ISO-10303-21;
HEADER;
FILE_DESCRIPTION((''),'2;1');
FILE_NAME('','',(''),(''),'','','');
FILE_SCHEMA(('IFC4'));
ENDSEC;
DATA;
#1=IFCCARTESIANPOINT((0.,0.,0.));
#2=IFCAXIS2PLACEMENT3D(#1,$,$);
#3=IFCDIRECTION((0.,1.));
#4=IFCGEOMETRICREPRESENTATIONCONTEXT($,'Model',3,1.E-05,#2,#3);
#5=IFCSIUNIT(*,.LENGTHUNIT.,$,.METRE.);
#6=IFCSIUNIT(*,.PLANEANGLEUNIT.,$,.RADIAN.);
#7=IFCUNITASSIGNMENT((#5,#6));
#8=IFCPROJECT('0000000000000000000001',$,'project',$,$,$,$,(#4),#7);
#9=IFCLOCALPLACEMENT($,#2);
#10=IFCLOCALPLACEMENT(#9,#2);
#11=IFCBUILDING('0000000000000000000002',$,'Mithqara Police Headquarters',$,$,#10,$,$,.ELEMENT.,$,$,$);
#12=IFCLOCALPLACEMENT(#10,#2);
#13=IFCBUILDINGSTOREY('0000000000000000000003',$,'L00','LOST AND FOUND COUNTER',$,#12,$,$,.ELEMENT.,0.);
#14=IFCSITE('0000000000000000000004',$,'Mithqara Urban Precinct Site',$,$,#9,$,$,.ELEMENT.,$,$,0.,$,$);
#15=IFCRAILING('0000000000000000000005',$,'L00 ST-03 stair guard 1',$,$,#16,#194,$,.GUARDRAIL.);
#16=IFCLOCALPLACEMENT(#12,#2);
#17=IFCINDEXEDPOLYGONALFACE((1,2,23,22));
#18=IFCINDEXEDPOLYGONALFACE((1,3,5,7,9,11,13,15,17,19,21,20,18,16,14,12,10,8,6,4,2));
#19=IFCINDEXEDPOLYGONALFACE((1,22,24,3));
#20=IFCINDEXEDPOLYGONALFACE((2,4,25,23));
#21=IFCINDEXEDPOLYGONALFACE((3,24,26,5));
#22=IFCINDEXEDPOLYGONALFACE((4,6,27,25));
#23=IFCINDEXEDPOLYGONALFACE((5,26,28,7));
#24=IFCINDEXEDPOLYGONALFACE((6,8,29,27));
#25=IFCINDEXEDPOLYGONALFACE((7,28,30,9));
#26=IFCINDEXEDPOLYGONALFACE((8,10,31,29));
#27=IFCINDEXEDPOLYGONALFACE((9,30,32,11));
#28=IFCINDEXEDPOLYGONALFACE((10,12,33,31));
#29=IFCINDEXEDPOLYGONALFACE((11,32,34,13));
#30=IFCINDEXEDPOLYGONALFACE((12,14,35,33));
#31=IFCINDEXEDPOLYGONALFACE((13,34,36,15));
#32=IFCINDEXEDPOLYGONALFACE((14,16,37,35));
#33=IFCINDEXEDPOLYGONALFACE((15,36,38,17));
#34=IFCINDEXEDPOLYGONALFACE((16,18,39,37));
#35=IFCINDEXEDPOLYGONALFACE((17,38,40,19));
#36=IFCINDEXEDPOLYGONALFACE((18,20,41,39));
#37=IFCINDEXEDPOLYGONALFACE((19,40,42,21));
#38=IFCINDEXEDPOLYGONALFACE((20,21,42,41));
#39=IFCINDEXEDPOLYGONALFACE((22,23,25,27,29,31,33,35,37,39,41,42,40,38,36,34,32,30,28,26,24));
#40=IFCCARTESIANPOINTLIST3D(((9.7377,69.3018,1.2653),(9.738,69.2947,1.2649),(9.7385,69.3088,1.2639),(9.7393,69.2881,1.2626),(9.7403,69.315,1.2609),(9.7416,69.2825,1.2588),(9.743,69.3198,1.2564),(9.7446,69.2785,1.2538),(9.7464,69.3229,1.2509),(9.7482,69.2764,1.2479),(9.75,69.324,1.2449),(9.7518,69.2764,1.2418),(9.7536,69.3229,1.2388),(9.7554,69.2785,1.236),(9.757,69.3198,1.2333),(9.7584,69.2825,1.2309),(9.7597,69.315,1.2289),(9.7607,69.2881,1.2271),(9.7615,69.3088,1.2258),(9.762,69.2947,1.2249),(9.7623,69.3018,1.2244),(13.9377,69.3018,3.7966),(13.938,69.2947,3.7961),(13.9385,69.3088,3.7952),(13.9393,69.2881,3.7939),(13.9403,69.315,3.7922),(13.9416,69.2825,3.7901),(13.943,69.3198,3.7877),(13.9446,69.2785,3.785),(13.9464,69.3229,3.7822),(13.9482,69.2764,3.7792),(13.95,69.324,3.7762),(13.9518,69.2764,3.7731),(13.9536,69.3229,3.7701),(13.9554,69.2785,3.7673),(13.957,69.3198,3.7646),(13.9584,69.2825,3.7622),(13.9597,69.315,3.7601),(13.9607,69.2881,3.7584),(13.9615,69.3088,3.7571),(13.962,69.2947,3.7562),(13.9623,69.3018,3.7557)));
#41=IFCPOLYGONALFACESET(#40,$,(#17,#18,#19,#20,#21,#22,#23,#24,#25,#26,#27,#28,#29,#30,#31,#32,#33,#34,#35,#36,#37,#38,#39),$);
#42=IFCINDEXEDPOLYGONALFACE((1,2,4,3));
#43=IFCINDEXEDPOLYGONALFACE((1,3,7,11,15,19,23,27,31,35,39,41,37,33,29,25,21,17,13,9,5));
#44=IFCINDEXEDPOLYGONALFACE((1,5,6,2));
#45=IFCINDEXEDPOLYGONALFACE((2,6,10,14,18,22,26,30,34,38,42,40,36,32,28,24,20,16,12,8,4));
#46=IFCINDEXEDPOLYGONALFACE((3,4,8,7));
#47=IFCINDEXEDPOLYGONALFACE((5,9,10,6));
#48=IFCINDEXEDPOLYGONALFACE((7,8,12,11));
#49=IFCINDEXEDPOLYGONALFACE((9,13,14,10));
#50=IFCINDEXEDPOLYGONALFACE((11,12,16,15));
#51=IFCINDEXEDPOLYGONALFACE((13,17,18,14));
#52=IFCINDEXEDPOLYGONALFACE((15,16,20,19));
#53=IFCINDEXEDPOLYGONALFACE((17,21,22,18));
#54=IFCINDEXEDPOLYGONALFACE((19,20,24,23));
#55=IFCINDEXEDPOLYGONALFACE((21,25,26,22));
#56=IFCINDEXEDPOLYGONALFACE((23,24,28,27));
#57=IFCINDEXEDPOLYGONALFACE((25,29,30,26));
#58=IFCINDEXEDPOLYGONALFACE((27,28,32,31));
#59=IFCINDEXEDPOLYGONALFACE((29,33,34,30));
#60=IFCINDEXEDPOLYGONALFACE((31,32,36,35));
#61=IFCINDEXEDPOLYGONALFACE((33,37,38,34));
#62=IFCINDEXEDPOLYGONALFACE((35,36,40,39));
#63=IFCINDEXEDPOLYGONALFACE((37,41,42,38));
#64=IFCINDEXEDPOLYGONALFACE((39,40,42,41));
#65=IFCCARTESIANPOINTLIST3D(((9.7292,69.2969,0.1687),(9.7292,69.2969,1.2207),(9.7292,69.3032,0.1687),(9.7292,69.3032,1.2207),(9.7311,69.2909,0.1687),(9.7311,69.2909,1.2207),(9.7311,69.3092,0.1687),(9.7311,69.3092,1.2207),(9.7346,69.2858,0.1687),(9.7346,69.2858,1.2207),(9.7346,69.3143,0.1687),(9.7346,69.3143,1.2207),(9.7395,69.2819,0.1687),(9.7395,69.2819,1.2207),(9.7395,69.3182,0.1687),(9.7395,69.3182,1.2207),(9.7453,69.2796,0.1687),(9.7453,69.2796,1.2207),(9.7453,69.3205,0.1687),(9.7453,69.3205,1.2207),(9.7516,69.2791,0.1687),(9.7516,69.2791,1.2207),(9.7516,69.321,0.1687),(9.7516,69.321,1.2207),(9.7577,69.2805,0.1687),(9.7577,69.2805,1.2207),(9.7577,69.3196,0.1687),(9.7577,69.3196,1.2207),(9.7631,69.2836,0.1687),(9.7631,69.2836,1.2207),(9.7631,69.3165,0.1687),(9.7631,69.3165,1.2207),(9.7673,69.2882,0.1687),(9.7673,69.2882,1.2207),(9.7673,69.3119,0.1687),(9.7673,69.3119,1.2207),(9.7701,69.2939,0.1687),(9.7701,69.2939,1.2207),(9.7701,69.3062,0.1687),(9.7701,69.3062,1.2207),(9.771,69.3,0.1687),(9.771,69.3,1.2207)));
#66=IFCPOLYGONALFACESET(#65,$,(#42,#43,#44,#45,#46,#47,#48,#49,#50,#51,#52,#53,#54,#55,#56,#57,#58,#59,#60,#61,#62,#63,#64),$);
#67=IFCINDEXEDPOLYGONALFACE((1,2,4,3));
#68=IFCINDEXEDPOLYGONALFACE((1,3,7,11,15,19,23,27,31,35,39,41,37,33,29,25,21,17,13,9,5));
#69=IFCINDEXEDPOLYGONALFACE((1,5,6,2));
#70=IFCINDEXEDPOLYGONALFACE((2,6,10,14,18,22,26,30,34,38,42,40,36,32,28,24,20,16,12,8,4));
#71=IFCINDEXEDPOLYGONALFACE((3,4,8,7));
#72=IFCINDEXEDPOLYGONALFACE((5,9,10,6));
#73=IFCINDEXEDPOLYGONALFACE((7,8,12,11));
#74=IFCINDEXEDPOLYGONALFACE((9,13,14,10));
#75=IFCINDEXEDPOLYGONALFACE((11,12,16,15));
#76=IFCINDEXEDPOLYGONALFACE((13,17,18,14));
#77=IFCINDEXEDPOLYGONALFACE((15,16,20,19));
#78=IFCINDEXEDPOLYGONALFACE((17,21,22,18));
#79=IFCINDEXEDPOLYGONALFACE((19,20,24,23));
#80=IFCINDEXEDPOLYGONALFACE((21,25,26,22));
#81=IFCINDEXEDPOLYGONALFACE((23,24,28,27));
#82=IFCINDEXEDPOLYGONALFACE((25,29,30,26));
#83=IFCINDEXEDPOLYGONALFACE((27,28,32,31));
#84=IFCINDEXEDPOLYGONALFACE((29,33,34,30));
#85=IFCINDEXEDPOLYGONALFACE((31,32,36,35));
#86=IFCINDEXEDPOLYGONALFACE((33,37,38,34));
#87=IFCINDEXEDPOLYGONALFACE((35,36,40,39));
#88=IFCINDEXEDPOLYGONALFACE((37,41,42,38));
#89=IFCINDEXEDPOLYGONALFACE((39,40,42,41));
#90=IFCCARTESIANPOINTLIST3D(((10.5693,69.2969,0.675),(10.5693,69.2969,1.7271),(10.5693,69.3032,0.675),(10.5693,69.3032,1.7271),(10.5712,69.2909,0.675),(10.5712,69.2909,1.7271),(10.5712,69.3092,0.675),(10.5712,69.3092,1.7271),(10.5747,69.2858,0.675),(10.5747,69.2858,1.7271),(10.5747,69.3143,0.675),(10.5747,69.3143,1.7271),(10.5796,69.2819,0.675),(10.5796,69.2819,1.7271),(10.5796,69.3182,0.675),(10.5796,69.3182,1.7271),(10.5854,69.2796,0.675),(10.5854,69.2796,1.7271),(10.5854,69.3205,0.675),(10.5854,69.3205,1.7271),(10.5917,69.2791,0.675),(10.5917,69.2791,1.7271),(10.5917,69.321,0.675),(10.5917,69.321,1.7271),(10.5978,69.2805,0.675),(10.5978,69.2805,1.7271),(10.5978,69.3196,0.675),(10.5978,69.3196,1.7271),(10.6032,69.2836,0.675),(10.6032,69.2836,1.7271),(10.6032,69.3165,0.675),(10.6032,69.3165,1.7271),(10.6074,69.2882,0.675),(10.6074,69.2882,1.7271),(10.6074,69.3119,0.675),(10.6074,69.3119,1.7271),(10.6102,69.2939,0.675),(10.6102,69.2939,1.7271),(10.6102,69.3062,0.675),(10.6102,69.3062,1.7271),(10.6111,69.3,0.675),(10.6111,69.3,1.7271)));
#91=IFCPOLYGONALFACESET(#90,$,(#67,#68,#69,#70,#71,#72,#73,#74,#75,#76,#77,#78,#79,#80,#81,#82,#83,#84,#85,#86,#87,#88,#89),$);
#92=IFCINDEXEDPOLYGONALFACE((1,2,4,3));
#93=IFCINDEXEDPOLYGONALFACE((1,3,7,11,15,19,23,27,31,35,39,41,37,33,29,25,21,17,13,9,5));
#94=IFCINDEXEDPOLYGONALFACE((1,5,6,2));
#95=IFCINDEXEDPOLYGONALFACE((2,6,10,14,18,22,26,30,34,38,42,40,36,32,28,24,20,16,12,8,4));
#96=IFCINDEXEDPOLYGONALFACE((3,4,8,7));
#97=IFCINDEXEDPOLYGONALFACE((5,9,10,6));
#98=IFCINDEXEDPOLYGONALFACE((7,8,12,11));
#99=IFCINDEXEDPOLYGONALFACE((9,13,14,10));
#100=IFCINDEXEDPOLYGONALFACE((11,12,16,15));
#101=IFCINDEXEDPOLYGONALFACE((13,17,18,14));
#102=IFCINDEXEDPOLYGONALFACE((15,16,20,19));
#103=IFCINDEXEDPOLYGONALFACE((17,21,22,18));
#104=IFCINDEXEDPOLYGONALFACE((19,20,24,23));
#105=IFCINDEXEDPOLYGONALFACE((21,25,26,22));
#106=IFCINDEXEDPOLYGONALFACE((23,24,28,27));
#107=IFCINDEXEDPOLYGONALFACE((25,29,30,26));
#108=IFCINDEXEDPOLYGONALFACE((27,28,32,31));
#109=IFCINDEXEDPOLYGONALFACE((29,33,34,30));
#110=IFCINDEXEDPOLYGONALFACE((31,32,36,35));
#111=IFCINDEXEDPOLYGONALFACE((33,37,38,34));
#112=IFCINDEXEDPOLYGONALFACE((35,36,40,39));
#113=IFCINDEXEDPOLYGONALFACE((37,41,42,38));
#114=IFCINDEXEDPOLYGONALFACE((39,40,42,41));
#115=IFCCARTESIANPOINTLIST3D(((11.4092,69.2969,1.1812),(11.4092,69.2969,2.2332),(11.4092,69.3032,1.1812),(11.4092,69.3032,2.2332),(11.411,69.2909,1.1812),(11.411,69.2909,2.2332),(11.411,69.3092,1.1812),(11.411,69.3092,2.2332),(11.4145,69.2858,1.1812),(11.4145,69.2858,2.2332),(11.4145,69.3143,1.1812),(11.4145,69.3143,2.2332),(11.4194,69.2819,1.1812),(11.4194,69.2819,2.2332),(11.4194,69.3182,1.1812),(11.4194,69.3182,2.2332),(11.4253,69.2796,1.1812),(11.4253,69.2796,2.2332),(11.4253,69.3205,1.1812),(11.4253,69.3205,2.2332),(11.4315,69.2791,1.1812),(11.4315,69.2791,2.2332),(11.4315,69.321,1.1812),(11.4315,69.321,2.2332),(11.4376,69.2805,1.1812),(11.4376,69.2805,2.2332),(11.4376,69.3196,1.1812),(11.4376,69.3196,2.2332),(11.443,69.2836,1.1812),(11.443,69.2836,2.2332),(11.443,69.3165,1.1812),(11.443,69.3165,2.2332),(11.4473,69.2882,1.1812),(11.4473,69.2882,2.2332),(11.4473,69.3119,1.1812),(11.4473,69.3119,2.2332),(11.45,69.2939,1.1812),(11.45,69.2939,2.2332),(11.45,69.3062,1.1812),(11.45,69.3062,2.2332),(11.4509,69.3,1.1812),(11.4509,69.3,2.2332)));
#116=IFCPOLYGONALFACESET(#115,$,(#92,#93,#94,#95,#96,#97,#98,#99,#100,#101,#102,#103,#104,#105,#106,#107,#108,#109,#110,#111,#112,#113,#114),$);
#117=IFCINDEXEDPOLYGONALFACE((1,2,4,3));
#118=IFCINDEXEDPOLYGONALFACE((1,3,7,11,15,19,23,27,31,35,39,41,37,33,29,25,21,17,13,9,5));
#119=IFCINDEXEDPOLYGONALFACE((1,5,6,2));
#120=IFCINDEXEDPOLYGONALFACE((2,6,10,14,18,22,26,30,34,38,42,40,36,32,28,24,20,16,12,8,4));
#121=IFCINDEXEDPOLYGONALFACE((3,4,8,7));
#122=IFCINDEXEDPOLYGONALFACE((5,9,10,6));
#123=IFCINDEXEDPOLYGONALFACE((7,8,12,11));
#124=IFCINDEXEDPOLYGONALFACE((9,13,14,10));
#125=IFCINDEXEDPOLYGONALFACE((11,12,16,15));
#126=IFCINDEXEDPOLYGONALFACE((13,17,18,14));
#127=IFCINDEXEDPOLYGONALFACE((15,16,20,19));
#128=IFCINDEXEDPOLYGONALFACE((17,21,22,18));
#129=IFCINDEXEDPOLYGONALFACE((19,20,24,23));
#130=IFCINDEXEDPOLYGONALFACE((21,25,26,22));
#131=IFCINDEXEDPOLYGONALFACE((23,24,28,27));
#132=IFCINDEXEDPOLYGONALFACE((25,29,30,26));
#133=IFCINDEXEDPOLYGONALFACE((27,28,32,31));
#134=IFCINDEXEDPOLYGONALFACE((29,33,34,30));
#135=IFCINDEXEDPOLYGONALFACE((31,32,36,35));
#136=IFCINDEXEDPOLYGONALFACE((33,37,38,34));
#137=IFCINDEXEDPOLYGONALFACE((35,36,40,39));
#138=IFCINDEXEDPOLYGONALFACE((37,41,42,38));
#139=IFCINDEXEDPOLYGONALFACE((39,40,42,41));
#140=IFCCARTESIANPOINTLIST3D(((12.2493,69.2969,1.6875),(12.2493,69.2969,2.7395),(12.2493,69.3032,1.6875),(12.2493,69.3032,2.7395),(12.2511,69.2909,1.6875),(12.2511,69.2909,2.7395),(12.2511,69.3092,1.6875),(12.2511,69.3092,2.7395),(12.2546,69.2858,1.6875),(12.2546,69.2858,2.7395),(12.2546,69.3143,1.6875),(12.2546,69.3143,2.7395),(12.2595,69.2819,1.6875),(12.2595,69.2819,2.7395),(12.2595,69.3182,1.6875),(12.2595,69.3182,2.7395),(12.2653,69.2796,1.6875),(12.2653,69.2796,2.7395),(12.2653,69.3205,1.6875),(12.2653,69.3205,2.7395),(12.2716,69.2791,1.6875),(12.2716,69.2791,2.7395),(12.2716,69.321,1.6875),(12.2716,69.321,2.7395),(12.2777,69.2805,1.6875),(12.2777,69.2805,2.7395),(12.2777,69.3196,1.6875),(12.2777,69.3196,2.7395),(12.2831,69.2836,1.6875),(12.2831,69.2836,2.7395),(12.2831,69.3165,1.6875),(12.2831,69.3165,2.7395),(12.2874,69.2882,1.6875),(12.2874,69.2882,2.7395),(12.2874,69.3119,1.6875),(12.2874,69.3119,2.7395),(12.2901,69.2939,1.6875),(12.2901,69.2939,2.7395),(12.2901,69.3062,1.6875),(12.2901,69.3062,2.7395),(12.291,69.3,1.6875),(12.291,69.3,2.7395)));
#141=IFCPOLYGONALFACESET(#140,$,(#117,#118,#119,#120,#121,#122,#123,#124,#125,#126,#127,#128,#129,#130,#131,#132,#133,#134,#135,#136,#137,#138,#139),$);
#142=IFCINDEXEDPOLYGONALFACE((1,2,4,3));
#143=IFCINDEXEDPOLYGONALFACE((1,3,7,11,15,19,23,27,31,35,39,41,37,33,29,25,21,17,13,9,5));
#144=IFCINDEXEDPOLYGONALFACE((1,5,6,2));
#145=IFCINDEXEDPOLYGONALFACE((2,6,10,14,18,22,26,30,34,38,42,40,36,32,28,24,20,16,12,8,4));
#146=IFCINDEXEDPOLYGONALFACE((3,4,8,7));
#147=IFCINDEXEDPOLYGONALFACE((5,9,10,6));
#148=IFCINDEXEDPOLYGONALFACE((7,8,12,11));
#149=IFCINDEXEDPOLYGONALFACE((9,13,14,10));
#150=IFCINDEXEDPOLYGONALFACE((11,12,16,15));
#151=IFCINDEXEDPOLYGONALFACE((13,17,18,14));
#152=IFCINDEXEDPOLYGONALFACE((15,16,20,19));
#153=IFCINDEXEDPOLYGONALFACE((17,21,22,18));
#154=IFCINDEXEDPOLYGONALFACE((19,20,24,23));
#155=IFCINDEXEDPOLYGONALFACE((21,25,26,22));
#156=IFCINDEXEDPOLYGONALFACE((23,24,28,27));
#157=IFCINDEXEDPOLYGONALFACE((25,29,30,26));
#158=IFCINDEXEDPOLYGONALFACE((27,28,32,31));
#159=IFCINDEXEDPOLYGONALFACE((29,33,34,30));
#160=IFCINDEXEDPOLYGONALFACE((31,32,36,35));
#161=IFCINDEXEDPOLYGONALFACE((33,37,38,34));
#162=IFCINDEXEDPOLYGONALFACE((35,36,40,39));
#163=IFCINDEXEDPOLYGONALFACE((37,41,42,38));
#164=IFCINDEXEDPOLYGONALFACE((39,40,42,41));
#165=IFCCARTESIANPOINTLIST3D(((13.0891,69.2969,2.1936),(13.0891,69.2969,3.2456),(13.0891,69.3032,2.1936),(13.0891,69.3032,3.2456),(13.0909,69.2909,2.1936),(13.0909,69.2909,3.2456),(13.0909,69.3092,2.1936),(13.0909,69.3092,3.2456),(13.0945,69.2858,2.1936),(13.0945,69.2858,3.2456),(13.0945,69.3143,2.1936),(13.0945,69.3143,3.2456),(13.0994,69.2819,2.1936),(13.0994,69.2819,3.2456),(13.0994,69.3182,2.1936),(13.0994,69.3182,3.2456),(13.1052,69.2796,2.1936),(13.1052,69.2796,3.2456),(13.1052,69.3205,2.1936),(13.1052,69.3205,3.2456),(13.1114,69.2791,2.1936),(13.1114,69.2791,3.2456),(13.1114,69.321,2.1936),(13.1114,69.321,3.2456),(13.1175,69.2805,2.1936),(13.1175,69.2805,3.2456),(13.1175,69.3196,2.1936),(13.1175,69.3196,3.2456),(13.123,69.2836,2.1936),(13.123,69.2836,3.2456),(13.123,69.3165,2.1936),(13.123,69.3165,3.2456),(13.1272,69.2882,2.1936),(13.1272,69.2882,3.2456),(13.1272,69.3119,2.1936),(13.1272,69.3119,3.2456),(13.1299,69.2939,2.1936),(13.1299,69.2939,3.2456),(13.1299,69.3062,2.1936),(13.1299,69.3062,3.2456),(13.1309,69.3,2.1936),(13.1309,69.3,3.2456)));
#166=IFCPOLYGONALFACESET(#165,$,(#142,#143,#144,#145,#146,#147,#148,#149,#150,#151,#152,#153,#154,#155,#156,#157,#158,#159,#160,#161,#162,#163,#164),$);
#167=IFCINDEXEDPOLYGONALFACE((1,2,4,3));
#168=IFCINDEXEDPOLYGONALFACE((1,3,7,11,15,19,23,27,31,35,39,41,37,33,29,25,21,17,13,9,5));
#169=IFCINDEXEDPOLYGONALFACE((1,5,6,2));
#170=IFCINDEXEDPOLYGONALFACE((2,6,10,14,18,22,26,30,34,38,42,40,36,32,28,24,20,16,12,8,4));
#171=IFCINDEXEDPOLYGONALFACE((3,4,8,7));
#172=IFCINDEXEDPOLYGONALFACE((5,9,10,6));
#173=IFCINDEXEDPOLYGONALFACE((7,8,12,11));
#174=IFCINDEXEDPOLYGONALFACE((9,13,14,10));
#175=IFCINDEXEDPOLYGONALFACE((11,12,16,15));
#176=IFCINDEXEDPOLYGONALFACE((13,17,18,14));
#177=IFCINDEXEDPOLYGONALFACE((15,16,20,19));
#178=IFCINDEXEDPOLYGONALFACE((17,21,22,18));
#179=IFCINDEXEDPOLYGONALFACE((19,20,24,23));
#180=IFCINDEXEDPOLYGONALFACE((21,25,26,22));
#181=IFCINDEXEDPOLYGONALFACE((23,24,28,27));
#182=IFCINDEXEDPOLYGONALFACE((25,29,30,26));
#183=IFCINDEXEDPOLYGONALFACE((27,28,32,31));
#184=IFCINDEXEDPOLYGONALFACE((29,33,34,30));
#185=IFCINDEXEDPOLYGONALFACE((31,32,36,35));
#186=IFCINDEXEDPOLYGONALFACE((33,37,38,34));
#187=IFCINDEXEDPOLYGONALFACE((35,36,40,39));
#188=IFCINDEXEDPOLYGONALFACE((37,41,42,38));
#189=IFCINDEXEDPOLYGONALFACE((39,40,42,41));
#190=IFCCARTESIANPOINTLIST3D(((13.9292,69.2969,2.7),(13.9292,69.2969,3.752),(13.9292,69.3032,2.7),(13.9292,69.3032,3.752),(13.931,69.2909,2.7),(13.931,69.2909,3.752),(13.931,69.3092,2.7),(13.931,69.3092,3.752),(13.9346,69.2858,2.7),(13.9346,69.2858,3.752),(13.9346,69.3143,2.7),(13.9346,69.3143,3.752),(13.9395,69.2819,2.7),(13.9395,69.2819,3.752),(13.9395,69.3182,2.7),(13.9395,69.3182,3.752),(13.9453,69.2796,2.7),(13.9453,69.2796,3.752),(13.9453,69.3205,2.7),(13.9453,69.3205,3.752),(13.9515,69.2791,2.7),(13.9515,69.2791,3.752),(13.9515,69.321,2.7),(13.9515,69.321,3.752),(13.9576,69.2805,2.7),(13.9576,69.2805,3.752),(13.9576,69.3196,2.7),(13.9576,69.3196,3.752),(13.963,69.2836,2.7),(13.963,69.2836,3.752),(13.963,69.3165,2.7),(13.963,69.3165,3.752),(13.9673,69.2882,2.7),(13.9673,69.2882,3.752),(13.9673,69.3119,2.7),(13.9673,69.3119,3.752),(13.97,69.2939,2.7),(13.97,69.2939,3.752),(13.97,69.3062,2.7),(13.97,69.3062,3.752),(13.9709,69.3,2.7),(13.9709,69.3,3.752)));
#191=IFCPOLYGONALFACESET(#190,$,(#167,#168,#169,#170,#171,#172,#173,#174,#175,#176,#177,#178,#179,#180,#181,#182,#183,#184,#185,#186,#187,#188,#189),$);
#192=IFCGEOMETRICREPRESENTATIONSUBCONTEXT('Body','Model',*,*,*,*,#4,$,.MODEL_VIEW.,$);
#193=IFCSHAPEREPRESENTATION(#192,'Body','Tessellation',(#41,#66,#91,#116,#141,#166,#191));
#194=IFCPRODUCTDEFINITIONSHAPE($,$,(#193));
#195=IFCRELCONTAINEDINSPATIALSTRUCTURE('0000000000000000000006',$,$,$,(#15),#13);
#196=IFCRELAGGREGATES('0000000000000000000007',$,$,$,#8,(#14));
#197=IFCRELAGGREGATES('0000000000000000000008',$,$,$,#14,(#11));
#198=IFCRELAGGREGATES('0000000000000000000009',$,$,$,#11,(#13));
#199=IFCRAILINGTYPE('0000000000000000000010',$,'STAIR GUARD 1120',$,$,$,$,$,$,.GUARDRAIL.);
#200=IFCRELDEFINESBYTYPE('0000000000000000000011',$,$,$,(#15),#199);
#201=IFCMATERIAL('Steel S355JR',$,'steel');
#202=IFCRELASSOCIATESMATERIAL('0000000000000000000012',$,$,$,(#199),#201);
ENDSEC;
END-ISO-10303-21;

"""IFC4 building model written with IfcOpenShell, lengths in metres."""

from ifc_helpers import new_model, si_unit, direction, frame, origin, origin_2d, place, context, subcontext, project, spatial, circle, extrude, material, type_object, element, save


model = new_model("IFC4")

# Units and contexts
model_context = context("Model", 3, precision=1e-05, world=origin(), true_north=direction((0.0, 1.0)))
body_context = subcontext(model_context, "Body", "Model", "MODEL_VIEW")
ifc_project = project(units=[si_unit("LENGTHUNIT", "METRE"), si_unit("PLANEANGLEUNIT", "RADIAN")], contexts=[model_context])

# Site, building, storey
site_placement = place(None, origin())
site = spatial("IfcSite", under=ifc_project, at=site_placement, Name="Mithqara Urban Precinct Site", CompositionType="ELEMENT", RefElevation=0.0)
building_placement = place(site_placement, origin())
building = spatial("IfcBuilding", under=site, at=building_placement, Name="Mithqara Police Headquarters", CompositionType="ELEMENT")
storey_placement = place(building_placement, origin())
storey = spatial("IfcBuildingStorey", under=building, at=storey_placement, Name="L00", Description="LOST AND FOUND COUNTER", CompositionType="ELEMENT", Elevation=0.0)

# Shared definitions
ifc_material_1 = material(Name="Steel S355JR", Category="steel")

# Railing
railing_type_1 = type_object("IfcRailingType", Name="STAIR GUARD 1120", PredefinedType="GUARDRAIL", material=ifc_material_1)
railing_1_placement = place(storey_placement, frame((9.75, 69.3, 0.1687)))
element("IfcRailing", 1, at=railing_1_placement, inside=storey, type_object=railing_type_1, Name="L00 ST-03 stair guard 1", PredefinedType="GUARDRAIL", context=body_context, shape_type="SweptSolid", body=[
    extrude(circle(Radius=0.0239, at=origin_2d()), frame((0.0, 0.0, 1.0762), z_axis=(0.856476, 0.0, 0.516186), x_axis=(0.0, 1.0, 0.0)), (0.0, 0.0, 1.0), 4.9038),
    extrude(circle(Radius=0.021, at=origin_2d()), origin(), (0.0, 0.0, 1.0), 1.052),
    extrude(circle(Radius=0.021, at=origin_2d()), frame((0.8401, 0.0, 0.5063)), (0.0, 0.0, 1.0), 1.052),
    extrude(circle(Radius=0.021, at=origin_2d()), frame((1.6799, 0.0, 1.0125)), (0.0, 0.0, 1.0), 1.052),
    extrude(circle(Radius=0.021, at=origin_2d()), frame((2.52, 0.0, 1.5188)), (0.0, 0.0, 1.0), 1.052),
    extrude(circle(Radius=0.021, at=origin_2d()), frame((3.3599, 0.0, 2.0249)), (0.0, 0.0, 1.0), 1.052),
    extrude(circle(Radius=0.021, at=origin_2d()), frame((4.2, 0.0, 2.5312)), (0.0, 0.0, 1.0), 1.052),
])

save(model, "model.ifc")
